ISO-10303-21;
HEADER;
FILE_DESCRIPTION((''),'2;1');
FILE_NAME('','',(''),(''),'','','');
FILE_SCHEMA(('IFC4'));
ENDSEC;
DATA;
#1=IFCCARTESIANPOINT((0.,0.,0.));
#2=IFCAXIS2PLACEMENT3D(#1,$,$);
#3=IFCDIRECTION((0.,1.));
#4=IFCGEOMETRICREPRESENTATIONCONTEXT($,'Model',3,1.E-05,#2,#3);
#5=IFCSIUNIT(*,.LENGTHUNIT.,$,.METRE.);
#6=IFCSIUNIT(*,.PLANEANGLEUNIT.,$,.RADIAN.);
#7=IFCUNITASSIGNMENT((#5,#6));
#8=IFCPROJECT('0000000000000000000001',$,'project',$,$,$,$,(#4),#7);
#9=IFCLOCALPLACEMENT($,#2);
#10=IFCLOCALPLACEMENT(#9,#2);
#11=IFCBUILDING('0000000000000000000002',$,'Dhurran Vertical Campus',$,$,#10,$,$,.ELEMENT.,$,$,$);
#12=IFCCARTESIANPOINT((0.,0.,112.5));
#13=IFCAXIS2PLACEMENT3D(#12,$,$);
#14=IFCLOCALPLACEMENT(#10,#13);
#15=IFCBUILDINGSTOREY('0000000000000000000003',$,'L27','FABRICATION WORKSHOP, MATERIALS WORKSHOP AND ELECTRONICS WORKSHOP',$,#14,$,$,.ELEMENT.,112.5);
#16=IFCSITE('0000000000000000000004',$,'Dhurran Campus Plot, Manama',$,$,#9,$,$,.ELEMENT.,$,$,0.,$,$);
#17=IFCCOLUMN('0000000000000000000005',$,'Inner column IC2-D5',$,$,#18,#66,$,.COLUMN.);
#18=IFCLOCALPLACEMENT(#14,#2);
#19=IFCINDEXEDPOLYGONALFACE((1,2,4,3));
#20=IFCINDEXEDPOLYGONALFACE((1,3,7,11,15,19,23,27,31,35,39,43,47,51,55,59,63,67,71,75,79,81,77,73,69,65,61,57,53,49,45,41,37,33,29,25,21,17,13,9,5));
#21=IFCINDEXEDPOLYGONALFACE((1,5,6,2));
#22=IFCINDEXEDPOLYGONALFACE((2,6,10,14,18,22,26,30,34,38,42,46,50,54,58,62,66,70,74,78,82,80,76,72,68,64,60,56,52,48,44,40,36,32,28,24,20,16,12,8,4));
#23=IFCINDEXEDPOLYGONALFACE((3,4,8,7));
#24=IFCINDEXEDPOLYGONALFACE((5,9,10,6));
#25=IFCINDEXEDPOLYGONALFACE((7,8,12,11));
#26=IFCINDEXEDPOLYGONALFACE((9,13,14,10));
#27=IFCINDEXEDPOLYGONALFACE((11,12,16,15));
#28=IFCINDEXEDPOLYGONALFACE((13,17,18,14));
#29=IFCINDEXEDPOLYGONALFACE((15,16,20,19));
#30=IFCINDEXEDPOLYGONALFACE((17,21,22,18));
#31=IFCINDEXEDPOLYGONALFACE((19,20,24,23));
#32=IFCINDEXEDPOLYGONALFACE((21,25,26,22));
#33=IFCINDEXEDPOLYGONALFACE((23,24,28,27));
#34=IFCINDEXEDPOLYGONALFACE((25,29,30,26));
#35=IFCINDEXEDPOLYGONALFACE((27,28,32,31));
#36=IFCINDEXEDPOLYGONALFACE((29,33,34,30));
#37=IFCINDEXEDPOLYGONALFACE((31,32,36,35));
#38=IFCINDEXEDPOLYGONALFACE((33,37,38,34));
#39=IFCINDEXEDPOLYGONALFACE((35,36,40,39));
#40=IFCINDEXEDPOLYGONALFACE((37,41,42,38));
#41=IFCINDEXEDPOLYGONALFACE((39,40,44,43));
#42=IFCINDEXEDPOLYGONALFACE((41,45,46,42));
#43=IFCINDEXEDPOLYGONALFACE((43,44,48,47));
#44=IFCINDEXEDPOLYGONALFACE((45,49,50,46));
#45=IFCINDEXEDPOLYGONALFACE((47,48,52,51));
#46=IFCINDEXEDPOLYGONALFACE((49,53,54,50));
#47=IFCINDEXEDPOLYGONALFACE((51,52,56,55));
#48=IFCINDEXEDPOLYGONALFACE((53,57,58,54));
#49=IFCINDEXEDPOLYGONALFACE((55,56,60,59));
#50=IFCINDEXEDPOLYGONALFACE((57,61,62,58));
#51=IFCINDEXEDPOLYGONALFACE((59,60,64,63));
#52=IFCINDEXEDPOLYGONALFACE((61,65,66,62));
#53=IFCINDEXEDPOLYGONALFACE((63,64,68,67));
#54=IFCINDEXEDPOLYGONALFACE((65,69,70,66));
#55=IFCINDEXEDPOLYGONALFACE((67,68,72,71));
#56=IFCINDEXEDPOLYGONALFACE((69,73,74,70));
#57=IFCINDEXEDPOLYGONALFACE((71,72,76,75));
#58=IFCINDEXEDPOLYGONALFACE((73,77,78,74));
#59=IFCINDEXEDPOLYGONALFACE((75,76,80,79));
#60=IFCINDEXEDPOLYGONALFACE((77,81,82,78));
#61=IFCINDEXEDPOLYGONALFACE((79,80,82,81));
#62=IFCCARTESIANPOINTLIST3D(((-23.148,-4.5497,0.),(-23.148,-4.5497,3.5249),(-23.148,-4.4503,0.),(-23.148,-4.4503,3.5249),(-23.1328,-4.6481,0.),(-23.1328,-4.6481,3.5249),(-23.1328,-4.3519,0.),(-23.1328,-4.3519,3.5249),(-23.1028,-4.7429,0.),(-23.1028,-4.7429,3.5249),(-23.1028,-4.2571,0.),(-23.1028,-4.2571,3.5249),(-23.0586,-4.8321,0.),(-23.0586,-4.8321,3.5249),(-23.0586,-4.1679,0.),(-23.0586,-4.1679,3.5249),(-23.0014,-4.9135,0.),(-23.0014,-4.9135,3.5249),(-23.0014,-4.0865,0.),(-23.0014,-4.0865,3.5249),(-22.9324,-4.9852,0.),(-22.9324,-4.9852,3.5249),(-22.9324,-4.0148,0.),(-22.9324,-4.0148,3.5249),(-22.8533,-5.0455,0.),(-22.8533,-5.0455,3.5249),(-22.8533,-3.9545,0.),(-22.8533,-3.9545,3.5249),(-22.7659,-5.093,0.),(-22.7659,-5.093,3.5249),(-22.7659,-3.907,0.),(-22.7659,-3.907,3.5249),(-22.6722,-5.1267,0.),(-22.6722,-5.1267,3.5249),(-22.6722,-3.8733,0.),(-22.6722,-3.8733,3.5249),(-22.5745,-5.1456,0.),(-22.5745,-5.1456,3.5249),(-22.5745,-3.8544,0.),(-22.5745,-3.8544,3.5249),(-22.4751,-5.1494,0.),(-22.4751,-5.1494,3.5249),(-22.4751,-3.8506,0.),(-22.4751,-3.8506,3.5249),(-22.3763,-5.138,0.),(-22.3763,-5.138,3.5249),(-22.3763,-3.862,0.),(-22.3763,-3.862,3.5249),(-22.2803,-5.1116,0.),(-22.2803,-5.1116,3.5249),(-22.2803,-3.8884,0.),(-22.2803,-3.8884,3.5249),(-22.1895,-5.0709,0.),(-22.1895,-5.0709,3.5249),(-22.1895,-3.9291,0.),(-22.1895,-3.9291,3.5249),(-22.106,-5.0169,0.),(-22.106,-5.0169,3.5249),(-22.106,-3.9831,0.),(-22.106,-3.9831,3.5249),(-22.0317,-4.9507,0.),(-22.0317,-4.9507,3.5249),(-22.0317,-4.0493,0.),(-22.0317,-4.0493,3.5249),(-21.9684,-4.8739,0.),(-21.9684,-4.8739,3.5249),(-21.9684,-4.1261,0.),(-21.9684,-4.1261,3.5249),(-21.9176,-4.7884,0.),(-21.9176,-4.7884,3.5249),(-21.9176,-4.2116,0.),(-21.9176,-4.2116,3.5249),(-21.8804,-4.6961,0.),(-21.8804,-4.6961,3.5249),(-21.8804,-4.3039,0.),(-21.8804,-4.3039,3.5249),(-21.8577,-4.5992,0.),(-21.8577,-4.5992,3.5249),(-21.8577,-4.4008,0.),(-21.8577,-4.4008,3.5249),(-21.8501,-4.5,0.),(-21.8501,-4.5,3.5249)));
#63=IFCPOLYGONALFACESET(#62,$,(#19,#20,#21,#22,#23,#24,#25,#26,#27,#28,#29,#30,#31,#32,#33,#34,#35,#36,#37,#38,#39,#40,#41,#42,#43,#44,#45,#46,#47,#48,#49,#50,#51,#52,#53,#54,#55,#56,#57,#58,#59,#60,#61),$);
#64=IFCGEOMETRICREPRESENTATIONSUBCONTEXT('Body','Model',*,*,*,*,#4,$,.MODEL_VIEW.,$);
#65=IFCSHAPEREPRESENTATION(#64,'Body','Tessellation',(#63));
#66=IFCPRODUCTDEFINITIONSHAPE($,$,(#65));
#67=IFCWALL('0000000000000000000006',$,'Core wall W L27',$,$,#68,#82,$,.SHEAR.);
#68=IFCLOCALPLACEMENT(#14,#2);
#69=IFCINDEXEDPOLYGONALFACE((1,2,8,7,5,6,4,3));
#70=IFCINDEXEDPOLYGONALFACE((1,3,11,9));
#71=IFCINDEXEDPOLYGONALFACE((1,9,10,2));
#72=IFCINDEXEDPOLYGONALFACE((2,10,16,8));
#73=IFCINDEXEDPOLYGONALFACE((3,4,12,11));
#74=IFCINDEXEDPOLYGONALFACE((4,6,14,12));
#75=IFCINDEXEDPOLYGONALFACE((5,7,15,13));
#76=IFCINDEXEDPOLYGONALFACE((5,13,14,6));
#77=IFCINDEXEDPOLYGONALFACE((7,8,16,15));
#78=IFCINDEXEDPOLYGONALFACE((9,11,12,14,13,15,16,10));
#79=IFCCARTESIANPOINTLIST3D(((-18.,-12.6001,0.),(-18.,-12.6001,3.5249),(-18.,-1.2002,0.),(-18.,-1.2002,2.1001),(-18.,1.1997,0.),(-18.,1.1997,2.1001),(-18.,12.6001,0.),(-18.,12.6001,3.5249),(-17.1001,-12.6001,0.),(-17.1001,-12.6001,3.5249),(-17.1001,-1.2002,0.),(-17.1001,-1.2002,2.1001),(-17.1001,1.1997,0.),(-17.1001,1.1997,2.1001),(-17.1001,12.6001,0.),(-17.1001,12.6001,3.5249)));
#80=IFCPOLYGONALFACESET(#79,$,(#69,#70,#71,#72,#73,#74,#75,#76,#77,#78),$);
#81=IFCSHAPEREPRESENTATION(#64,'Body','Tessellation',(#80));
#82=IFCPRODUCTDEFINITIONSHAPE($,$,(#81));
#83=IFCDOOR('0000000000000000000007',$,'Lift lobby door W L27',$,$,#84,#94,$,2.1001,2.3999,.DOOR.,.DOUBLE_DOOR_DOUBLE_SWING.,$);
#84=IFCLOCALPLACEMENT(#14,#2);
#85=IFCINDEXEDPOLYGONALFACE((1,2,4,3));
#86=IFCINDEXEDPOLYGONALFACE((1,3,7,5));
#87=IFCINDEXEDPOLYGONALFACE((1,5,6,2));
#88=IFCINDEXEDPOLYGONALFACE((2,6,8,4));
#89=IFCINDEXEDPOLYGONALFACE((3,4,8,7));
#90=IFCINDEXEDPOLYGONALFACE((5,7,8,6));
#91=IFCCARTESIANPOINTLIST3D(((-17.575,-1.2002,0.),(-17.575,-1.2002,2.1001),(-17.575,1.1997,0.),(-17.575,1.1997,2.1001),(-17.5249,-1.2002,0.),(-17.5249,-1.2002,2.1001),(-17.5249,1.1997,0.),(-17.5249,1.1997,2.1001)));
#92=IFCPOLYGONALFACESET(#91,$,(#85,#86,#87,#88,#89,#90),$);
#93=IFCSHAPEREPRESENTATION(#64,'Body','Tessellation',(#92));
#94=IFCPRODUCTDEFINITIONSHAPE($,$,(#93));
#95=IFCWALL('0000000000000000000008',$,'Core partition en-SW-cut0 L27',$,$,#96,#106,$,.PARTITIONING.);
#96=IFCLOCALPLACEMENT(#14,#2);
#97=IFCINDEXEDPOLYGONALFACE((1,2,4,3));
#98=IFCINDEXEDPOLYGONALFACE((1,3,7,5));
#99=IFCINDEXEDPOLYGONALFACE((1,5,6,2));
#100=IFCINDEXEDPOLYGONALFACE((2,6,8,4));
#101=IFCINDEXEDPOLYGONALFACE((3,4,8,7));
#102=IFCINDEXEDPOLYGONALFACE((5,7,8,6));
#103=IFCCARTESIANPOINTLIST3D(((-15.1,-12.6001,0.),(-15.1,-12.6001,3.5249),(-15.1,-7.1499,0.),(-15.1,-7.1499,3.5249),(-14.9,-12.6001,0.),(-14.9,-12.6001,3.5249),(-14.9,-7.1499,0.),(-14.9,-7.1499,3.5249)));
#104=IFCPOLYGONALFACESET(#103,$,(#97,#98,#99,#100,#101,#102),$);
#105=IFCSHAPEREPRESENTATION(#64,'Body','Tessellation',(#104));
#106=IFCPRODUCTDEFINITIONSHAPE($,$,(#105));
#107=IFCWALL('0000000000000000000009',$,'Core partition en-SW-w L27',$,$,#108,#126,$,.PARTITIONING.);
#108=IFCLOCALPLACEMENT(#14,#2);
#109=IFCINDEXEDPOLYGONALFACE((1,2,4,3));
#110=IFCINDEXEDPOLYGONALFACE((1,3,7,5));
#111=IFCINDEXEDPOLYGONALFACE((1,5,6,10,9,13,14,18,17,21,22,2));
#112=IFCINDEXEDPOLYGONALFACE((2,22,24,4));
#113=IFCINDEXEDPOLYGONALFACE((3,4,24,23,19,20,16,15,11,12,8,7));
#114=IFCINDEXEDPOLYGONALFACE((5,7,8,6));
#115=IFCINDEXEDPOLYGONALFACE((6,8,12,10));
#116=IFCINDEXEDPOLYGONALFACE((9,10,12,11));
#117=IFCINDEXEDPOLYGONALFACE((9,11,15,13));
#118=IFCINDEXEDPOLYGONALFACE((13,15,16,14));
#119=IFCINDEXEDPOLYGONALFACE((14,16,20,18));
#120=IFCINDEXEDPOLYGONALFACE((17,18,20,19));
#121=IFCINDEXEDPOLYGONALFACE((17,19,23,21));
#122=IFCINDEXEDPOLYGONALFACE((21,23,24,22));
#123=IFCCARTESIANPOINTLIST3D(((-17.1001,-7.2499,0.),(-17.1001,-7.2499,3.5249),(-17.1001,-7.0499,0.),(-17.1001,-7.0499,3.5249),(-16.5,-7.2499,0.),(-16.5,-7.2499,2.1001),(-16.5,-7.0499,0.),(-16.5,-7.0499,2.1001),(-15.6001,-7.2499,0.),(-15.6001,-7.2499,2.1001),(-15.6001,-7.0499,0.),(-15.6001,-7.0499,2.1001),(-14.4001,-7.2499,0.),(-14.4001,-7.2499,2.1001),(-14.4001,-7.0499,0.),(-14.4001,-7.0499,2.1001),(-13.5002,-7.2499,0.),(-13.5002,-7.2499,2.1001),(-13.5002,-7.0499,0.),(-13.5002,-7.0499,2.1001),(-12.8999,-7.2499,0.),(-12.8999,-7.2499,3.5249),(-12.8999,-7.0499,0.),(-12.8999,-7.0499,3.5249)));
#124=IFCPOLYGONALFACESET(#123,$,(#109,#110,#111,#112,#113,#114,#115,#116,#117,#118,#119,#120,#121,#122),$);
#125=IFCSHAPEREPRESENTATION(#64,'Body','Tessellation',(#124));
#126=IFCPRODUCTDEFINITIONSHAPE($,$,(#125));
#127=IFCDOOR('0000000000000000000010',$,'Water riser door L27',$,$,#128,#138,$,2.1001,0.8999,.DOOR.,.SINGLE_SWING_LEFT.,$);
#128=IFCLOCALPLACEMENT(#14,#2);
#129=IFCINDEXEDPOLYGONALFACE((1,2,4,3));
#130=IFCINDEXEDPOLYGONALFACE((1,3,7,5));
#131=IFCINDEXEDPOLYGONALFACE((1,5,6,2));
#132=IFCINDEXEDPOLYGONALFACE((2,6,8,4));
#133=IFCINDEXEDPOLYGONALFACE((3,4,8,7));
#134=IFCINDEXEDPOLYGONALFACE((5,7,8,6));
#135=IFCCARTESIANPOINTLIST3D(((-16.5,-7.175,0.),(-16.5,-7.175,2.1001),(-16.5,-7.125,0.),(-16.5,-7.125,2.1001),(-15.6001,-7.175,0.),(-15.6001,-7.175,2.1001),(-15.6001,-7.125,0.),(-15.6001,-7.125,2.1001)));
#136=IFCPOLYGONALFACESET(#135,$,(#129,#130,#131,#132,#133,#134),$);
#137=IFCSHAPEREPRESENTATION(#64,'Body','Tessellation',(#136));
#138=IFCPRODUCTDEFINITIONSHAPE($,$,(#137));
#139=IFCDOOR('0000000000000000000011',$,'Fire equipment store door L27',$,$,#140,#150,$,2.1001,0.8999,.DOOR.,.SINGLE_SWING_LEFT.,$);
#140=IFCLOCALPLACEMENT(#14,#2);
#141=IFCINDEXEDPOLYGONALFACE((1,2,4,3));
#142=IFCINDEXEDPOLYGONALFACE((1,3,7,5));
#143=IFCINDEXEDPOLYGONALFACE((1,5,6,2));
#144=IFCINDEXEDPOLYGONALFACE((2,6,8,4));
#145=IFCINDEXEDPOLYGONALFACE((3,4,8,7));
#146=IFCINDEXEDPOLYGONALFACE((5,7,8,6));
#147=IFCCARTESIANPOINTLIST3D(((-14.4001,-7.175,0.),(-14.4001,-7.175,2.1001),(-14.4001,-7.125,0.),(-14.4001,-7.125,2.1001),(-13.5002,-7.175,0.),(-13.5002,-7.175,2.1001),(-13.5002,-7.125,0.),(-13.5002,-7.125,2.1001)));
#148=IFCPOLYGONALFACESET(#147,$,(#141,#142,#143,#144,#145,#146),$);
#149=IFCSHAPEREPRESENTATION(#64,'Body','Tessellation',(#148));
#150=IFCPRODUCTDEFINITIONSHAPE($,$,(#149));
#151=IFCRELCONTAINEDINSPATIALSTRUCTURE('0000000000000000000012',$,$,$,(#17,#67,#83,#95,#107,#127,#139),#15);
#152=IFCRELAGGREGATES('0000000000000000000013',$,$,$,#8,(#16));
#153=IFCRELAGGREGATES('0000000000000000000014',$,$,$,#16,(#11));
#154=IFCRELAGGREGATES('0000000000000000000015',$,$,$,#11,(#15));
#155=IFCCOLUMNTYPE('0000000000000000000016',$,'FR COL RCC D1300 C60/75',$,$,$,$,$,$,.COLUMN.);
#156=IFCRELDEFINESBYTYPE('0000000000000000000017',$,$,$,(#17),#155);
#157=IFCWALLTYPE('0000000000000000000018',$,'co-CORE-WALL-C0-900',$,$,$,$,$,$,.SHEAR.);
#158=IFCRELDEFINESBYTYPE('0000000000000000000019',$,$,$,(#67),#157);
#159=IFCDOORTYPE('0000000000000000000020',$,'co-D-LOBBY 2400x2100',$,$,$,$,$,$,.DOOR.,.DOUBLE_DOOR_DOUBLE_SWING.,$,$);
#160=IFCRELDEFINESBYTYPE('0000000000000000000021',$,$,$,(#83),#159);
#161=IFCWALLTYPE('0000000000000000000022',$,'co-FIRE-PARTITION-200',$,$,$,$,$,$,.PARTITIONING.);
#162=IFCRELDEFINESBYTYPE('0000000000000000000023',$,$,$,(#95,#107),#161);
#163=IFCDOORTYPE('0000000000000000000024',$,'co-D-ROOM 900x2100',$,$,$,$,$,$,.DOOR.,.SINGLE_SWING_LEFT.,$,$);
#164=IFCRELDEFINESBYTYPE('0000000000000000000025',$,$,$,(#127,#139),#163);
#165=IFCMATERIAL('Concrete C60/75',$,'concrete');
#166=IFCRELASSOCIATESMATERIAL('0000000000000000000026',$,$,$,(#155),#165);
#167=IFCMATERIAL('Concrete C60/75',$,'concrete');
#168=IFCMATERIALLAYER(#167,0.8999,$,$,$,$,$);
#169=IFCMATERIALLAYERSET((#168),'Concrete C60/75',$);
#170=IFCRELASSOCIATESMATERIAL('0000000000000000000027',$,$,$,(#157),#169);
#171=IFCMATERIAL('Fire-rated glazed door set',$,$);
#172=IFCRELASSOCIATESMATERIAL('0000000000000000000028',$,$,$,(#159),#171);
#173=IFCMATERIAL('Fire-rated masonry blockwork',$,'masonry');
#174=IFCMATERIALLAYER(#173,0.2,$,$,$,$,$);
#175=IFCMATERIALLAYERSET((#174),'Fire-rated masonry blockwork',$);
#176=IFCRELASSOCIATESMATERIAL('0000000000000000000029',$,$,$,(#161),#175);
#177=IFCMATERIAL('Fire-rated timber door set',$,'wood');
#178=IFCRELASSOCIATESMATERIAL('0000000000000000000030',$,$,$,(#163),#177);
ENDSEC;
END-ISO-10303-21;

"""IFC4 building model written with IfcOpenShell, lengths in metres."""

from ifc_helpers import new_model, si_unit, direction, frame, frame_2d, origin, origin_2d, place, context, subcontext, project, spatial, rectangle, circle, extrude, material, layer, layer_set, material_profile, profile_set, type_object, element, fill, save


model = new_model("IFC4")

# Units and contexts
model_context = context("Model", 3, precision=1e-05, world=origin(), true_north=direction((0.0, 1.0)))
body_context = subcontext(model_context, "Body", "Model", "MODEL_VIEW")
ifc_project = project(units=[si_unit("LENGTHUNIT", "METRE"), si_unit("PLANEANGLEUNIT", "RADIAN")], contexts=[model_context])

# Site, building, storey
site_placement = place(None, origin())
site = spatial("IfcSite", under=ifc_project, at=site_placement, Name="Dhurran Campus Plot, Manama", CompositionType="ELEMENT", RefElevation=0.0)
building_placement = place(site_placement, origin())
building = spatial("IfcBuilding", under=site, at=building_placement, Name="Dhurran Vertical Campus", CompositionType="ELEMENT")
storey_placement = place(building_placement, frame((0.0, 0.0, 112.5)))
storey = spatial("IfcBuildingStorey", under=building, at=storey_placement, Name="L27", Description="FABRICATION WORKSHOP, MATERIALS WORKSHOP AND ELECTRONICS WORKSHOP", CompositionType="ELEMENT", Elevation=112.5)

# Column
ifc_material_1 = material(Name="Concrete C60/75", Category="concrete")
ifc_material_profile = material_profile(ifc_material_1, circle(Radius=0.6499, at=origin_2d()), Name="RCC D1300")
ifc_profile_set = profile_set([ifc_material_profile], Name="Concrete C60/75")
column_type = type_object("IfcColumnType", Name="FR COL RCC D1300 C60/75", PredefinedType="COLUMN", material=ifc_profile_set)
column_placement = place(storey_placement, frame((-22.5, -4.5, 0.0), z_axis=(0.0, 0.0, 1.0), x_axis=(1.0, 0.0, 0.0)))
element("IfcColumn", 1, at=column_placement, inside=storey, type_object=column_type, Name="Inner column IC2-D5", PredefinedType="COLUMN", context=body_context, shape_type="SweptSolid", body=[
    extrude(circle(Radius=0.6499, at=origin_2d()), origin(), (0.0, 0.0, 1.0), 3.5249),
])

# Wall, opening, door
ifc_material_2 = material(Name="Concrete C60/75", Category="concrete")
ifc_layer_1 = layer(ifc_material_2, 0.8999)
ifc_layer_set_1 = layer_set([ifc_layer_1], Name="Concrete C60/75")
wall_type_1 = type_object("IfcWallType", Name="co-CORE-WALL-C0-900", PredefinedType="SHEAR", material=ifc_layer_set_1)
wall_1_placement = place(storey_placement, frame((-17.55, -12.6001, 0.0), z_axis=(0.0, 0.0, 1.0), x_axis=(0.0, 1.0, 0.0)))
wall_1 = element("IfcWall", 2, at=wall_1_placement, inside=storey, type_object=wall_type_1, Name="Core wall W L27", PredefinedType="SHEAR", context=body_context, shape_type="SweptSolid", body=[
    extrude(rectangle(XDim=25.2002, YDim=0.8999, at=frame_2d((12.6001, 0.0))), origin(), (0.0, 0.0, 1.0), 3.5249),
])
opening_1_placement = place(wall_1_placement, frame((11.3999, 0.0, 0.0)))
opening_1 = element("IfcOpeningElement", 3, at=opening_1_placement, cuts=wall_1, PredefinedType="OPENING", context=body_context, shape_type="SweptSolid", body=[
    extrude(rectangle(XDim=2.3999, YDim=2.1001, at=frame_2d((1.2, 1.05))), frame((0.0, 0.46, 0.0), z_axis=(0.0, -1.0, 0.0), x_axis=(1.0, 0.0, 0.0)), (0.0, 0.0, 1.0), 0.9199),
])
ifc_material_3 = material(Name="Fire-rated glazed door set")
door_type_1 = type_object("IfcDoorType", Name="co-D-LOBBY 2400x2100", OperationType="DOUBLE_DOOR_DOUBLE_SWING", PredefinedType="DOOR", material=ifc_material_3)
door_1_placement = place(opening_1_placement, origin())
door_1 = element("IfcDoor", 4, at=door_1_placement, inside=storey, type_object=door_type_1, Name="Lift lobby door W L27", OperationType="DOUBLE_DOOR_DOUBLE_SWING", OverallHeight=2.1001, OverallWidth=2.3999, PredefinedType="DOOR", context=body_context, shape_type="SweptSolid", body=[
    extrude(rectangle(XDim=2.3999, YDim=2.1001, at=frame_2d((1.2, 1.05))), frame((0.0, 0.0249, 0.0), z_axis=(0.0, -1.0, 0.0), x_axis=(1.0, 0.0, 0.0)), (0.0, 0.0, 1.0), 0.05),
])
fill(opening_1, door_1)

# Wall
ifc_material_4 = material(Name="Fire-rated masonry blockwork", Category="masonry")
ifc_layer_2 = layer(ifc_material_4, 0.2)
ifc_layer_set_2 = layer_set([ifc_layer_2], Name="Fire-rated masonry blockwork")
wall_type_2 = type_object("IfcWallType", Name="co-FIRE-PARTITION-200", PredefinedType="PARTITIONING", material=ifc_layer_set_2)
wall_2_placement = place(storey_placement, frame((-15.0, -12.6001, 0.0), z_axis=(0.0, 0.0, 1.0), x_axis=(0.0, 1.0, 0.0)))
element("IfcWall", 5, at=wall_2_placement, inside=storey, type_object=wall_type_2, Name="Core partition en-SW-cut0 L27", PredefinedType="PARTITIONING", context=body_context, shape_type="SweptSolid", body=[
    extrude(rectangle(XDim=5.4502, YDim=0.2, at=frame_2d((2.7251, 0.0))), origin(), (0.0, 0.0, 1.0), 3.5249),
])

# Wall, openings, doors
wall_3_placement = place(storey_placement, frame((-17.1001, -7.1499, 0.0), z_axis=(0.0, 0.0, 1.0), x_axis=(1.0, 0.0, 0.0)))
wall_3 = element("IfcWall", 6, at=wall_3_placement, inside=storey, type_object=wall_type_2, Name="Core partition en-SW-w L27", PredefinedType="PARTITIONING", context=body_context, shape_type="SweptSolid", body=[
    extrude(rectangle(XDim=4.2002, YDim=0.2, at=frame_2d((2.1001, 0.0))), origin(), (0.0, 0.0, 1.0), 3.5249),
])
opening_2_placement = place(wall_3_placement, frame((0.6001, 0.0, 0.0)))
opening_2 = element("IfcOpeningElement", 7, at=opening_2_placement, cuts=wall_3, PredefinedType="OPENING", context=body_context, shape_type="SweptSolid", body=[
    extrude(rectangle(XDim=0.8999, YDim=2.1001, at=frame_2d((0.45, 1.05))), frame((0.0, 0.1099, 0.0), z_axis=(0.0, -1.0, 0.0), x_axis=(1.0, 0.0, 0.0)), (0.0, 0.0, 1.0), 0.22),
])
opening_3_placement = place(wall_3_placement, frame((2.7, 0.0, 0.0)))
opening_3 = element("IfcOpeningElement", 8, at=opening_3_placement, cuts=wall_3, PredefinedType="OPENING", context=body_context, shape_type="SweptSolid", body=[
    extrude(rectangle(XDim=0.8999, YDim=2.1001, at=frame_2d((0.45, 1.05))), frame((0.0, 0.1099, 0.0), z_axis=(0.0, -1.0, 0.0), x_axis=(1.0, 0.0, 0.0)), (0.0, 0.0, 1.0), 0.22),
])
ifc_material_5 = material(Name="Fire-rated timber door set", Category="wood")
door_type_2 = type_object("IfcDoorType", Name="co-D-ROOM 900x2100", OperationType="SINGLE_SWING_LEFT", PredefinedType="DOOR", material=ifc_material_5)
door_2_placement = place(opening_2_placement, origin())
door_2 = element("IfcDoor", 9, at=door_2_placement, inside=storey, type_object=door_type_2, Name="Water riser door L27", OperationType="SINGLE_SWING_LEFT", OverallHeight=2.1001, OverallWidth=0.8999, PredefinedType="DOOR", context=body_context, shape_type="SweptSolid", body=[
    extrude(rectangle(XDim=0.8999, YDim=2.1001, at=frame_2d((0.45, 1.05))), frame((0.0, 0.0249, 0.0), z_axis=(0.0, -1.0, 0.0), x_axis=(1.0, 0.0, 0.0)), (0.0, 0.0, 1.0), 0.05),
])
fill(opening_2, door_2)
door_3_placement = place(opening_3_placement, origin())
door_3 = element("IfcDoor", 10, at=door_3_placement, inside=storey, type_object=door_type_2, Name="Fire equipment store door L27", OperationType="SINGLE_SWING_LEFT", OverallHeight=2.1001, OverallWidth=0.8999, PredefinedType="DOOR", context=body_context, shape_type="SweptSolid", body=[
    extrude(rectangle(XDim=0.8999, YDim=2.1001, at=frame_2d((0.45, 1.05))), frame((0.0, 0.0249, 0.0), z_axis=(0.0, -1.0, 0.0), x_axis=(1.0, 0.0, 0.0)), (0.0, 0.0, 1.0), 0.05),
])
fill(opening_3, door_3)

save(model, "model.ifc")
